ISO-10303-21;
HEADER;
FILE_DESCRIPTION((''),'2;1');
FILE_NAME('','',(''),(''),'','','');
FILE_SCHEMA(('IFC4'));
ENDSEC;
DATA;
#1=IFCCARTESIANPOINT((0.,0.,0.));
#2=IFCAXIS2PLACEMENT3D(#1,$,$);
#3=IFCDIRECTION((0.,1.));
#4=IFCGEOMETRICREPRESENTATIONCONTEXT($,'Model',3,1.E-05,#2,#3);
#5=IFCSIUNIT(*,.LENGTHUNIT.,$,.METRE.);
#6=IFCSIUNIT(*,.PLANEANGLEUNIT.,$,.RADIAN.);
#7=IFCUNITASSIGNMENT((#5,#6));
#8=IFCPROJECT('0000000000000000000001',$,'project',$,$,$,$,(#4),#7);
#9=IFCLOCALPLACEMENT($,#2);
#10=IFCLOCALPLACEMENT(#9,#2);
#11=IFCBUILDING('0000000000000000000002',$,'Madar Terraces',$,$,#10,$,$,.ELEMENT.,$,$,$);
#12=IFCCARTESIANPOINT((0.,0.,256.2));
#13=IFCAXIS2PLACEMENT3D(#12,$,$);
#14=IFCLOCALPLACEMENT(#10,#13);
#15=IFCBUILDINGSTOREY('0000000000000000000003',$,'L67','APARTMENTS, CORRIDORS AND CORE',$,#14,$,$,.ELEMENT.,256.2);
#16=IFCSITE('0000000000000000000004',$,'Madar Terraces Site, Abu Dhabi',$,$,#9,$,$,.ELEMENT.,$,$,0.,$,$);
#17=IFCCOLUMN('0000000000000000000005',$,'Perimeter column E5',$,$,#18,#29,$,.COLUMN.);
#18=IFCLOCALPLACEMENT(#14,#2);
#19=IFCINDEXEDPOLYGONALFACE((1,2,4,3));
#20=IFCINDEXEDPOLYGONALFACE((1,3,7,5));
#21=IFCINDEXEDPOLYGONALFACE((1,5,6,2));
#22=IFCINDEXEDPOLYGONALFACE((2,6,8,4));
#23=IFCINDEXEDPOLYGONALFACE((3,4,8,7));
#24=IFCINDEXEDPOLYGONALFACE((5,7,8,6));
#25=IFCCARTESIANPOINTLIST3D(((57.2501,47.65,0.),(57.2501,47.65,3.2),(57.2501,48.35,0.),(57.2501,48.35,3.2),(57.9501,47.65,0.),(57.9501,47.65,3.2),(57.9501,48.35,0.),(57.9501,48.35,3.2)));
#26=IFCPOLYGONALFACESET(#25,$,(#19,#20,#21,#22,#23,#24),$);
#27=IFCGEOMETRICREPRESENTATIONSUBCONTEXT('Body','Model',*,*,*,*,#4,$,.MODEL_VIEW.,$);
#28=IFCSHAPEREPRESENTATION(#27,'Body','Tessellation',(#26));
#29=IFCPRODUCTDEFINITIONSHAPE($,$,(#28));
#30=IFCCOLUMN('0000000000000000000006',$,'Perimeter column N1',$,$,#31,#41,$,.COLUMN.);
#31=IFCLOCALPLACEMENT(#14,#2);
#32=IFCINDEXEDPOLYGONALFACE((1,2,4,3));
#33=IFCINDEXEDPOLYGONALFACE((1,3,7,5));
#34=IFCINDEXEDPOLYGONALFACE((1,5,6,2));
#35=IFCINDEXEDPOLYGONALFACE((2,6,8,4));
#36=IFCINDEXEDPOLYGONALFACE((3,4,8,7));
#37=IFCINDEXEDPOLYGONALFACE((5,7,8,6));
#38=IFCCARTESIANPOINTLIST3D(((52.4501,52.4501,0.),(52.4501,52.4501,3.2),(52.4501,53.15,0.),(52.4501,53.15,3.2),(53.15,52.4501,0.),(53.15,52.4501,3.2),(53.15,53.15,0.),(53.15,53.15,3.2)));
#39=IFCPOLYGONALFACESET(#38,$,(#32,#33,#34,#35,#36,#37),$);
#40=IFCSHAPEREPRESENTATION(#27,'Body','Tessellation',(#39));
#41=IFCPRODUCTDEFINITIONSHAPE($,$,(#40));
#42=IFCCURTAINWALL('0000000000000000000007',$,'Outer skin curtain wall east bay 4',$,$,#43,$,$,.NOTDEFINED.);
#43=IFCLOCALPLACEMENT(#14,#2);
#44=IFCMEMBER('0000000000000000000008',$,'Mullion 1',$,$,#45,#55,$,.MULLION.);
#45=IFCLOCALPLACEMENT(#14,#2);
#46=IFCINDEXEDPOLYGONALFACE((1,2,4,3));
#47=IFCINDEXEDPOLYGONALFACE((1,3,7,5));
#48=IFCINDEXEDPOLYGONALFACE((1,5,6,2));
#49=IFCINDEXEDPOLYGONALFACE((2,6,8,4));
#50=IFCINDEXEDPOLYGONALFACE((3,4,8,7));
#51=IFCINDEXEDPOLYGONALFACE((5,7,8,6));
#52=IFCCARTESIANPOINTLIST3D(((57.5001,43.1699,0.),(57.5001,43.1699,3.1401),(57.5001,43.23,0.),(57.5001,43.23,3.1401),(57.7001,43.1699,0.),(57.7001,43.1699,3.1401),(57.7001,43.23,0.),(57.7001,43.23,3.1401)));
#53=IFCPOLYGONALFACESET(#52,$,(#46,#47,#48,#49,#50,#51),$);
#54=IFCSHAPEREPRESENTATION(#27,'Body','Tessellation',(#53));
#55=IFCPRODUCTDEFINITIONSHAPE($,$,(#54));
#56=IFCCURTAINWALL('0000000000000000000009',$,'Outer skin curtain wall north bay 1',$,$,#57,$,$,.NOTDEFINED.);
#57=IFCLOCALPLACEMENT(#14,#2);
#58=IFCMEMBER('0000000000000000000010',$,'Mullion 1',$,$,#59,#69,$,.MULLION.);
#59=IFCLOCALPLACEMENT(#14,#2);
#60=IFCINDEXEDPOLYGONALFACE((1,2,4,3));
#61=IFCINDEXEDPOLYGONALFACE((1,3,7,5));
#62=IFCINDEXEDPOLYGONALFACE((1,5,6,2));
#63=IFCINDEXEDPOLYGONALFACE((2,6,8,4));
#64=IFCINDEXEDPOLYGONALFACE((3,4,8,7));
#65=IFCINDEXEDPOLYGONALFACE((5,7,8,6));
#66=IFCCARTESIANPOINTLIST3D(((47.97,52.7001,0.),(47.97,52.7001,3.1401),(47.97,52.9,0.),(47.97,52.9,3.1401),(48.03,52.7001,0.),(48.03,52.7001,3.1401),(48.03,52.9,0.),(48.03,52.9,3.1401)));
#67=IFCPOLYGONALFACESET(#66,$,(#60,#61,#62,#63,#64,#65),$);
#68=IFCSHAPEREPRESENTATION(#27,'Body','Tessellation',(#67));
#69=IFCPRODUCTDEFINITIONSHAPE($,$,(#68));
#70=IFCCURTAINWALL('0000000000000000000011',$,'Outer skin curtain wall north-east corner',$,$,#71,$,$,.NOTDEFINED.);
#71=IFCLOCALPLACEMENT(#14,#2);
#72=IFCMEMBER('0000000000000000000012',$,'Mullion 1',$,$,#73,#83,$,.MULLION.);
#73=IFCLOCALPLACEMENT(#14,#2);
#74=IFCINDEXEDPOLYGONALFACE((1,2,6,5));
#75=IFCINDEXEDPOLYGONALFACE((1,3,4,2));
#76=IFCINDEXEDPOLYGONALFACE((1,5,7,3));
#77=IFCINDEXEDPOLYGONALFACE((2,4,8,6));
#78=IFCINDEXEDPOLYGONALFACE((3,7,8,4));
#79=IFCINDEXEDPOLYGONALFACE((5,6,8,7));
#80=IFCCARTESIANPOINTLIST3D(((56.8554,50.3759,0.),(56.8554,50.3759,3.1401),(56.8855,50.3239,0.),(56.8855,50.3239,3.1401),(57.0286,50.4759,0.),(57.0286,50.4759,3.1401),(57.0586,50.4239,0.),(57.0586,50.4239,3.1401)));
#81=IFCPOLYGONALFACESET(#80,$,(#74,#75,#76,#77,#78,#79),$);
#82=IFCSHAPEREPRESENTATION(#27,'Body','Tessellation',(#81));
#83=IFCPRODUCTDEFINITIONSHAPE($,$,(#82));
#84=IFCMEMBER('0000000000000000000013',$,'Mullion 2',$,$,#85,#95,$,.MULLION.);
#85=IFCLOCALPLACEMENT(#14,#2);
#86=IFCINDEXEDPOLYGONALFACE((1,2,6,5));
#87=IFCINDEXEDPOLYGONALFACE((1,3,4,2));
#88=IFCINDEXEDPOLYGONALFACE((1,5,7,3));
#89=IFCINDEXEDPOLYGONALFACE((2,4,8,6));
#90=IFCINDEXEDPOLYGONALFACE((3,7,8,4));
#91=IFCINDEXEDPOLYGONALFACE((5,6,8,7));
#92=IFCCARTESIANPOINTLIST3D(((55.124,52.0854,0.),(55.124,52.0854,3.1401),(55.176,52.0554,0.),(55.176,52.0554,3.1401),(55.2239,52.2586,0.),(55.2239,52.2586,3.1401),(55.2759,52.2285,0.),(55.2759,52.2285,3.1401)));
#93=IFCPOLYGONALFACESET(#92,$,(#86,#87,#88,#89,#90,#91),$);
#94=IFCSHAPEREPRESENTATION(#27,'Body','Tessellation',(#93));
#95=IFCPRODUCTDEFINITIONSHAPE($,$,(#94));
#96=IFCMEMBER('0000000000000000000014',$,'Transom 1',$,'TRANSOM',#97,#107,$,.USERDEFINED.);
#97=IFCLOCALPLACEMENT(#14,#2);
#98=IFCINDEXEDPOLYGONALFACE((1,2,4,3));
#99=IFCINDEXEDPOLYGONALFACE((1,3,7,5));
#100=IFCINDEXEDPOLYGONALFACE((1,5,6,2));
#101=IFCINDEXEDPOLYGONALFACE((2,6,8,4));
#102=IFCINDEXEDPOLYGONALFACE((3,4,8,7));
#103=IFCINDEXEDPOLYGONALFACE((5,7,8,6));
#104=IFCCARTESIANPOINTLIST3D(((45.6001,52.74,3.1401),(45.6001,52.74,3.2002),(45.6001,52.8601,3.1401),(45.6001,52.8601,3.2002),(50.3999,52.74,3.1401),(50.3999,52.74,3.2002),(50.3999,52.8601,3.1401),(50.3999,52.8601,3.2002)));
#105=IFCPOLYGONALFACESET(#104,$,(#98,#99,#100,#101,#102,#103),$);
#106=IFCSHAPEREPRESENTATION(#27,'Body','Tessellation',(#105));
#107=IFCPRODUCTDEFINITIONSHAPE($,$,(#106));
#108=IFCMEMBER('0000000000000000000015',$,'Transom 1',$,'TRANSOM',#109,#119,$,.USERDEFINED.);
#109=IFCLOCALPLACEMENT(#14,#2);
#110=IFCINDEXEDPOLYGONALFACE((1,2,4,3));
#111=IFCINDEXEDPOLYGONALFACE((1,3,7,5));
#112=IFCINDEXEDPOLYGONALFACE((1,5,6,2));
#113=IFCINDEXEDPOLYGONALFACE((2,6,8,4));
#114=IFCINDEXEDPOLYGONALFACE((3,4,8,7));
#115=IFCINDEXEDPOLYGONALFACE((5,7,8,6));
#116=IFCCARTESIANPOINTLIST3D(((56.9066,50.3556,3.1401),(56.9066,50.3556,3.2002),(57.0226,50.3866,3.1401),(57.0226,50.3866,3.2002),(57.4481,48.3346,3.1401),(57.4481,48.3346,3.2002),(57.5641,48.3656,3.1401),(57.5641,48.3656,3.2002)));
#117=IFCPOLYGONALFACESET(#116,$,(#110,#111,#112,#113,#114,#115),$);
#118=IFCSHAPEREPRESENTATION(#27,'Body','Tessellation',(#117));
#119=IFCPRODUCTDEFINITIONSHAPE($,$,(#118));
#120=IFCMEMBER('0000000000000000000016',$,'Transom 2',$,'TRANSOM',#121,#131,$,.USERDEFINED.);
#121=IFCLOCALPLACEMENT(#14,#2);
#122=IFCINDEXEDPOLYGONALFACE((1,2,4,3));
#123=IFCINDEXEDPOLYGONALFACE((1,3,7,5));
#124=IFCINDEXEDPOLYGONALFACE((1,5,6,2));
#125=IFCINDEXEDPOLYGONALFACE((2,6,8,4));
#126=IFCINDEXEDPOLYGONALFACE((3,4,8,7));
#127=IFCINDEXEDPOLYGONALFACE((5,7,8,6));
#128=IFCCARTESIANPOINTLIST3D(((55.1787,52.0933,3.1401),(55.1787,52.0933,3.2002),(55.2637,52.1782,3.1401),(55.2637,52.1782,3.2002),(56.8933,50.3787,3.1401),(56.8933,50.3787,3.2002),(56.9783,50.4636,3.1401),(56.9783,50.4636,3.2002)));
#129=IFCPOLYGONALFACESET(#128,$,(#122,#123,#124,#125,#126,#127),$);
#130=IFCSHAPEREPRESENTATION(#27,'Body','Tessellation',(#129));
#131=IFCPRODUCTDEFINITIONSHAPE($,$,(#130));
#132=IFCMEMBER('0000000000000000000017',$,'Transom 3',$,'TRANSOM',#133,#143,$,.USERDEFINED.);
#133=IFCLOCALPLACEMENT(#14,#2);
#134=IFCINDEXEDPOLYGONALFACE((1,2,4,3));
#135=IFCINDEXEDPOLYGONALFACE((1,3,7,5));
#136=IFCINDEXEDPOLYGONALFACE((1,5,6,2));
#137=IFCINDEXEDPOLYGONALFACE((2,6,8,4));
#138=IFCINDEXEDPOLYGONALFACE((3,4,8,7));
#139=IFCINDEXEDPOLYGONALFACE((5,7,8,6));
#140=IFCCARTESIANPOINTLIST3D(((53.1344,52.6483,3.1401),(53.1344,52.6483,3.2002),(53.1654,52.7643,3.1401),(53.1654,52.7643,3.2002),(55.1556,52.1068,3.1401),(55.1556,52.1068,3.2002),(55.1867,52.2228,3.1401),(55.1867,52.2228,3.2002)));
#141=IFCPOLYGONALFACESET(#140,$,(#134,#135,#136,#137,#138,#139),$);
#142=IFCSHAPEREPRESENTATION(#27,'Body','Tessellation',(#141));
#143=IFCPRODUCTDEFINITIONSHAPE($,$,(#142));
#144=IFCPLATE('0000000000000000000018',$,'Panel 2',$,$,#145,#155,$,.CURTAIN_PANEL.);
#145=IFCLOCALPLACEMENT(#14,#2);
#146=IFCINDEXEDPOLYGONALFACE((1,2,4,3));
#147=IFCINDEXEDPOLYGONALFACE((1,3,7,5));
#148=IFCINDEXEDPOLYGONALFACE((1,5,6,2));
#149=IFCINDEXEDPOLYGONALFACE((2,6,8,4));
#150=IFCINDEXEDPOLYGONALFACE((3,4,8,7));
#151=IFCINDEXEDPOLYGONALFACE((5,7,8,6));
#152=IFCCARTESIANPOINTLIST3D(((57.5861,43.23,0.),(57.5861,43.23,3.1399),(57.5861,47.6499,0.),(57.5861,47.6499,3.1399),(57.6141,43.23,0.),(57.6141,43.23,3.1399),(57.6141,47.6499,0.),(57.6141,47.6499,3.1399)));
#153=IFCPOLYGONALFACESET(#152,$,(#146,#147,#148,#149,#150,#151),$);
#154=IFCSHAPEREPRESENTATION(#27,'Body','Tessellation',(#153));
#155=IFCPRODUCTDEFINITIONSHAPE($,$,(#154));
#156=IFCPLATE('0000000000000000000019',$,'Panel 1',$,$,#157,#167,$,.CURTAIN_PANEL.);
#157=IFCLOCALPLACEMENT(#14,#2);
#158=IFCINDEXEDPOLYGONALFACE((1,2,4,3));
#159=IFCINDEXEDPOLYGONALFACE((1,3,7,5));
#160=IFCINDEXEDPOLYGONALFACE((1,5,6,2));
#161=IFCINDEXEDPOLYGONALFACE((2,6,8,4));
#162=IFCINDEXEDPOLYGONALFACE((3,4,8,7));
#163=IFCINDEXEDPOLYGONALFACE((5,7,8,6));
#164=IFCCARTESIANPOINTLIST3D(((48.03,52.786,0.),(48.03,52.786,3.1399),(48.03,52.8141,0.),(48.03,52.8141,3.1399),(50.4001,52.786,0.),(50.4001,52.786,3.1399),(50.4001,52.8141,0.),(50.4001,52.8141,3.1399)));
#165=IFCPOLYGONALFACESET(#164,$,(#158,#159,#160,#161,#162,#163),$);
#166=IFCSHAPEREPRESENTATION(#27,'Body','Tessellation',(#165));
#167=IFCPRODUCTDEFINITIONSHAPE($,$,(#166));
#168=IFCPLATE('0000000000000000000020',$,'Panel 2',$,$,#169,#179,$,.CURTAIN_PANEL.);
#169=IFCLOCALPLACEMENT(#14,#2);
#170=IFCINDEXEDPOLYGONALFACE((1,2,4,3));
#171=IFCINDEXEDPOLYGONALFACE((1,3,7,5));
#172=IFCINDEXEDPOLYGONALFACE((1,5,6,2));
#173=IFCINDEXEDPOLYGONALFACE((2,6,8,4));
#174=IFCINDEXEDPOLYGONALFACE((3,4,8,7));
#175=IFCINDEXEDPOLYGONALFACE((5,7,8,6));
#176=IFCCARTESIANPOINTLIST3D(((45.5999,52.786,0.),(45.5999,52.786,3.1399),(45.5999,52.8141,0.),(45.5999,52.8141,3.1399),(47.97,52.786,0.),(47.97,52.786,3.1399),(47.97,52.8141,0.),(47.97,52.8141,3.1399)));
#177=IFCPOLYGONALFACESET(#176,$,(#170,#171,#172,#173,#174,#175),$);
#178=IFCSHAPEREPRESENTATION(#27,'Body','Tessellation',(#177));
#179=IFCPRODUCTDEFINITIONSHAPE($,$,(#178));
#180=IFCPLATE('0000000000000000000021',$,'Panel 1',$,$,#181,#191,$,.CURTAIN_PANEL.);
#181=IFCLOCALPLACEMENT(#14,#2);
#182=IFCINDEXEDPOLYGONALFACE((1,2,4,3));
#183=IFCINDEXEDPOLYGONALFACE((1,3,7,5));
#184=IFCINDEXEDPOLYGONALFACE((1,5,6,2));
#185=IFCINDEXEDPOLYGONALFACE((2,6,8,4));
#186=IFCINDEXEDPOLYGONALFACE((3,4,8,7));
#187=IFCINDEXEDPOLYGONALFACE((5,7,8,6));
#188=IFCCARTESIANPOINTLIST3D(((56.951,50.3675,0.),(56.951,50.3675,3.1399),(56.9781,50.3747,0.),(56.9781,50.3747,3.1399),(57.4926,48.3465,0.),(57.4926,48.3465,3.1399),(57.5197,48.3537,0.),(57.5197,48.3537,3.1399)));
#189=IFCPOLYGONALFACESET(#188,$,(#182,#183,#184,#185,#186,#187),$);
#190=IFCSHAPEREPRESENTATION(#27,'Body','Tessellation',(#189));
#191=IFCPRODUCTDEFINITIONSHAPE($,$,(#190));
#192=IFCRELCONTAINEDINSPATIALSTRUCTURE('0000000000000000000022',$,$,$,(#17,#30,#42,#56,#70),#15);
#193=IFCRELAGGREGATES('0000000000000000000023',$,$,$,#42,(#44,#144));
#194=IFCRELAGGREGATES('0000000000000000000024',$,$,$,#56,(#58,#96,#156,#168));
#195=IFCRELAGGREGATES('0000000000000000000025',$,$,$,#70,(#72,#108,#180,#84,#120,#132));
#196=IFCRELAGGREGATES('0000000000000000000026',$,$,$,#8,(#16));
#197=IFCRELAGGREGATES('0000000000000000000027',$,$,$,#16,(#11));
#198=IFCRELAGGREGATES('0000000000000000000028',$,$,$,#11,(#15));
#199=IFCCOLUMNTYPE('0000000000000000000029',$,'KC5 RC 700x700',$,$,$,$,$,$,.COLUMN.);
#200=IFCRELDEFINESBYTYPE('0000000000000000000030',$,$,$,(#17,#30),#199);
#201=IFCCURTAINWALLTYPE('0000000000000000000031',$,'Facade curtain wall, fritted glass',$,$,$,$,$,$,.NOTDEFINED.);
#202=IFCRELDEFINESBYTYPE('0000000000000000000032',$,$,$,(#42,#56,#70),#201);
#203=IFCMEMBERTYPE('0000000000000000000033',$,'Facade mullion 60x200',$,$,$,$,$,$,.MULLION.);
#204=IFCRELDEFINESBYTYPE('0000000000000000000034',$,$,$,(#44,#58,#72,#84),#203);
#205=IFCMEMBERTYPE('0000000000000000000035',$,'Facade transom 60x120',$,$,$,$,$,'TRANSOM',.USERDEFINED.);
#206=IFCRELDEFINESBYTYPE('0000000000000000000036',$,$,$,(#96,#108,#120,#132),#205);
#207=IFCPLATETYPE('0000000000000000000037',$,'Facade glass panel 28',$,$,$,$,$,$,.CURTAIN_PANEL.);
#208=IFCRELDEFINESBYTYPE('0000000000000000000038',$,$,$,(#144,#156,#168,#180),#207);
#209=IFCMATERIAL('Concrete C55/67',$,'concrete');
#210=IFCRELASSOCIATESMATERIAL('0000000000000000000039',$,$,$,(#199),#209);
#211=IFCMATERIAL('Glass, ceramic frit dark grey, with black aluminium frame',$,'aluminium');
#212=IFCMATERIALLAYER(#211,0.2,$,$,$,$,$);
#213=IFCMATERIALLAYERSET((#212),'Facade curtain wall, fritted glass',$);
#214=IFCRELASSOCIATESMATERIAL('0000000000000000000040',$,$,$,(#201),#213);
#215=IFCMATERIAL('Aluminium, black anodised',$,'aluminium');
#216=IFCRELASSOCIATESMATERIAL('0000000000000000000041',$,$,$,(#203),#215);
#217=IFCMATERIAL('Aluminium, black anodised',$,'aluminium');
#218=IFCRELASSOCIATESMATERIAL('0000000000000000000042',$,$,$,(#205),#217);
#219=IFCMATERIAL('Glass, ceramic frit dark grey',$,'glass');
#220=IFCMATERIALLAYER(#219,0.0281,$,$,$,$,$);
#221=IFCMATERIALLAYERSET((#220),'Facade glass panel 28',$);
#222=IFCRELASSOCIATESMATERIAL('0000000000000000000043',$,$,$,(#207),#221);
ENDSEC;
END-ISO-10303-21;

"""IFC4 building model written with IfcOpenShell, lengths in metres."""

from ifc_helpers import new_model, si_unit, direction, frame, origin, origin_2d, place, context, subcontext, project, spatial, rectangle, extrude, material, layer, layer_set, material_profile, profile_set, type_object, element, aggregate, save


model = new_model("IFC4")

# Units and contexts
model_context = context("Model", 3, precision=1e-05, world=origin(), true_north=direction((0.0, 1.0)))
body_context = subcontext(model_context, "Body", "Model", "MODEL_VIEW")
ifc_project = project(units=[si_unit("LENGTHUNIT", "METRE"), si_unit("PLANEANGLEUNIT", "RADIAN")], contexts=[model_context])

# Site, building, storey
site_placement = place(None, origin())
site = spatial("IfcSite", under=ifc_project, at=site_placement, Name="Madar Terraces Site, Abu Dhabi", CompositionType="ELEMENT", RefElevation=0.0)
building_placement = place(site_placement, origin())
building = spatial("IfcBuilding", under=site, at=building_placement, Name="Madar Terraces", CompositionType="ELEMENT")
storey_placement = place(building_placement, frame((0.0, 0.0, 256.2)))
storey = spatial("IfcBuildingStorey", under=building, at=storey_placement, Name="L67", Description="APARTMENTS, CORRIDORS AND CORE", CompositionType="ELEMENT", Elevation=256.2)

# Columns
ifc_material_1 = material(Name="Concrete C55/67", Category="concrete")
ifc_material_profile_1 = material_profile(ifc_material_1, rectangle(XDim=0.7, YDim=0.7, at=origin_2d()), Name="KC5 RC 700x700")
ifc_profile_set_1 = profile_set([ifc_material_profile_1], Name="Concrete C55/67")
column_type = type_object("IfcColumnType", Name="KC5 RC 700x700", PredefinedType="COLUMN", material=ifc_profile_set_1)
for number, where, z_axis, x_axis, name in (
    (1, (57.6001, 48.0, 0.0), (0.0, 0.0, 1.0), (1.0, 0.0, 0.0), "Perimeter column E5"),
    (2, (52.8, 52.8, 0.0), (0.0, 0.0, 1.0), (1.0, 0.0, 0.0), "Perimeter column N1"),
):
    element("IfcColumn", number, at=place(storey_placement, frame(where, z_axis=z_axis, x_axis=x_axis)), inside=storey, type_object=column_type, Name=name, PredefinedType="COLUMN", context=body_context, shape_type="SweptSolid", body=[
        extrude(rectangle(XDim=0.7, YDim=0.7, at=origin_2d()), origin(), (0.0, 0.0, 1.0), 3.2),
    ])

# Curtain walls, members
ifc_material_2 = material(Name="Glass, ceramic frit dark grey, with black aluminium frame", Category="aluminium")
ifc_layer_1 = layer(ifc_material_2, 0.2)
ifc_layer_set_1 = layer_set([ifc_layer_1], Name="Facade curtain wall, fritted glass")
curtain_wall_type = type_object("IfcCurtainWallType", Name="Facade curtain wall, fritted glass", PredefinedType="NOTDEFINED", material=ifc_layer_set_1)
curtain_wall_1_placement = place(storey_placement, origin())
curtain_wall_1 = element("IfcCurtainWall", 3, at=curtain_wall_1_placement, inside=storey, type_object=curtain_wall_type, Name="Outer skin curtain wall east bay 4", PredefinedType="NOTDEFINED")
ifc_material_3 = material(Name="Aluminium, black anodised", Category="aluminium")
ifc_material_profile_2 = material_profile(ifc_material_3, rectangle(XDim=0.2, YDim=0.0601, at=origin_2d()), Name="Facade mullion 60x200")
ifc_profile_set_2 = profile_set([ifc_material_profile_2], Name="Aluminium, black anodised")
member_type_1 = type_object("IfcMemberType", Name="Facade mullion 60x200", PredefinedType="MULLION", material=ifc_profile_set_2)
member_1_placement = place(storey_placement, frame((57.6001, 43.2, 0.0), z_axis=(0.0, 0.0, 1.0), x_axis=(-1.0, 0.0, 0.0)))
member_1 = element("IfcMember", 4, at=member_1_placement, type_object=member_type_1, Name="Mullion 1", PredefinedType="MULLION", context=body_context, shape_type="SweptSolid", body=[
    extrude(rectangle(XDim=0.2, YDim=0.0601, at=origin_2d()), origin(), (0.0, 0.0, 1.0), 3.1401),
])
curtain_wall_2_placement = place(storey_placement, origin())
curtain_wall_2 = element("IfcCurtainWall", 5, at=curtain_wall_2_placement, inside=storey, type_object=curtain_wall_type, Name="Outer skin curtain wall north bay 1", PredefinedType="NOTDEFINED")
member_2_placement = place(storey_placement, frame((48.0, 52.8, 0.0), z_axis=(0.0, 0.0, 1.0), x_axis=(0.0, -1.0, 0.0)))
member_2 = element("IfcMember", 6, at=member_2_placement, type_object=member_type_1, Name="Mullion 1", PredefinedType="MULLION", context=body_context, shape_type="SweptSolid", body=[
    extrude(rectangle(XDim=0.2, YDim=0.0601, at=origin_2d()), origin(), (0.0, 0.0, 1.0), 3.1401),
])

# Curtain wall, members
curtain_wall_3_placement = place(storey_placement, origin())
curtain_wall_3 = element("IfcCurtainWall", 7, at=curtain_wall_3_placement, inside=storey, type_object=curtain_wall_type, Name="Outer skin curtain wall north-east corner", PredefinedType="NOTDEFINED")
member_3_placement = place(storey_placement, frame((56.957, 50.3999, 0.0), z_axis=(0.0, 0.0, 1.0), x_axis=(-0.866025, -0.5, 0.0)))
member_3 = element("IfcMember", 8, at=member_3_placement, type_object=member_type_1, Name="Mullion 1", PredefinedType="MULLION", context=body_context, shape_type="SweptSolid", body=[
    extrude(rectangle(XDim=0.2, YDim=0.0601, at=origin_2d()), origin(), (0.0, 0.0, 1.0), 3.1401),
])
member_4_placement = place(storey_placement, frame((55.2, 52.157, 0.0), z_axis=(0.0, 0.0, 1.0), x_axis=(-0.5, -0.866025, 0.0)))
member_4 = element("IfcMember", 9, at=member_4_placement, type_object=member_type_1, Name="Mullion 2", PredefinedType="MULLION", context=body_context, shape_type="SweptSolid", body=[
    extrude(rectangle(XDim=0.2, YDim=0.0601, at=origin_2d()), origin(), (0.0, 0.0, 1.0), 3.1401),
])

# Members
ifc_material_4 = material(Name="Aluminium, black anodised", Category="aluminium")
ifc_material_profile_3 = material_profile(ifc_material_4, rectangle(XDim=0.1201, YDim=0.0601, at=origin_2d()), Name="Facade transom 60x120")
ifc_profile_set_3 = profile_set([ifc_material_profile_3], Name="Aluminium, black anodised")
member_type_2 = type_object("IfcMemberType", Name="Facade transom 60x120", ElementType="TRANSOM", PredefinedType="USERDEFINED", material=ifc_profile_set_3)
member_5_placement = place(storey_placement, frame((50.3999, 52.8, 3.1702), z_axis=(-1.0, 0.0, 0.0), x_axis=(0.0, -1.0, 0.0)))
member_5 = element("IfcMember", 10, at=member_5_placement, type_object=member_type_2, Name="Transom 1", ObjectType="TRANSOM", PredefinedType="USERDEFINED", context=body_context, shape_type="SweptSolid", body=[
    extrude(rectangle(XDim=0.1201, YDim=0.0601, at=origin_2d()), origin(), (0.0, 0.0, 1.0), 4.7998),
])
member_6_placement = place(storey_placement, frame((57.5061, 48.3501, 3.1702), z_axis=(-0.25881, 0.965928, 0.0), x_axis=(-0.965928, -0.25881, 0.0)))
member_6 = element("IfcMember", 11, at=member_6_placement, type_object=member_type_2, Name="Transom 1", ObjectType="TRANSOM", PredefinedType="USERDEFINED", context=body_context, shape_type="SweptSolid", body=[
    extrude(rectangle(XDim=0.1201, YDim=0.0601, at=origin_2d()), origin(), (0.0, 0.0, 1.0), 2.0923),
])
member_7_placement = place(storey_placement, frame((56.9358, 50.4211, 3.1702), z_axis=(-0.707107, 0.707107, 0.0), x_axis=(-0.707107, -0.707107, 0.0)))
member_7 = element("IfcMember", 12, at=member_7_placement, type_object=member_type_2, Name="Transom 2", ObjectType="TRANSOM", PredefinedType="USERDEFINED", context=body_context, shape_type="SweptSolid", body=[
    extrude(rectangle(XDim=0.1201, YDim=0.0601, at=origin_2d()), origin(), (0.0, 0.0, 1.0), 2.4248),
])
member_8_placement = place(storey_placement, frame((55.1711, 52.1648, 3.1702), z_axis=(-0.965936, 0.258781, 0.0), x_axis=(-0.258781, -0.965936, 0.0)))
member_8 = element("IfcMember", 13, at=member_8_placement, type_object=member_type_2, Name="Transom 3", ObjectType="TRANSOM", PredefinedType="USERDEFINED", context=body_context, shape_type="SweptSolid", body=[
    extrude(rectangle(XDim=0.1201, YDim=0.0601, at=origin_2d()), origin(), (0.0, 0.0, 1.0), 2.0925),
])

# Plates
ifc_material_5 = material(Name="Glass, ceramic frit dark grey", Category="glass")
ifc_layer_2 = layer(ifc_material_5, 0.0281)
ifc_layer_set_2 = layer_set([ifc_layer_2], Name="Facade glass panel 28")
plate_type = type_object("IfcPlateType", Name="Facade glass panel 28", PredefinedType="CURTAIN_PANEL", material=ifc_layer_set_2)
plate_1_placement = place(storey_placement, frame((57.6001, 45.4399, 0.0), z_axis=(0.0, 0.0, 1.0), x_axis=(0.0, 1.0, 0.0)))
plate_1 = element("IfcPlate", 14, at=plate_1_placement, type_object=plate_type, Name="Panel 2", PredefinedType="CURTAIN_PANEL", context=body_context, shape_type="SweptSolid", body=[
    extrude(rectangle(XDim=4.4199, YDim=0.0281, at=origin_2d()), origin(), (0.0, 0.0, 1.0), 3.1399),
])
aggregate(curtain_wall_1, [member_1, plate_1])
plate_2_placement = place(storey_placement, frame((49.2151, 52.8, 0.0), z_axis=(0.0, 0.0, 1.0), x_axis=(-1.0, 0.0, 0.0)))
plate_2 = element("IfcPlate", 15, at=plate_2_placement, type_object=plate_type, Name="Panel 1", PredefinedType="CURTAIN_PANEL", context=body_context, shape_type="SweptSolid", body=[
    extrude(rectangle(XDim=2.3701, YDim=0.0281, at=origin_2d()), origin(), (0.0, 0.0, 1.0), 3.1399),
])
plate_3_placement = place(storey_placement, frame((46.7849, 52.8, 0.0), z_axis=(0.0, 0.0, 1.0), x_axis=(-1.0, 0.0, 0.0)))
plate_3 = element("IfcPlate", 16, at=plate_3_placement, type_object=plate_type, Name="Panel 2", PredefinedType="CURTAIN_PANEL", context=body_context, shape_type="SweptSolid", body=[
    extrude(rectangle(XDim=2.3701, YDim=0.0281, at=origin_2d()), origin(), (0.0, 0.0, 1.0), 3.1399),
])
aggregate(curtain_wall_2, [member_2, member_5, plate_2, plate_3])
plate_4_placement = place(storey_placement, frame((57.2354, 49.3606, 0.0), z_axis=(0.0, 0.0, 1.0), x_axis=(-0.258819, 0.965926, 0.0)))
plate_4 = element("IfcPlate", 17, at=plate_4_placement, type_object=plate_type, Name="Panel 1", PredefinedType="CURTAIN_PANEL", context=body_context, shape_type="SweptSolid", body=[
    extrude(rectangle(XDim=2.0923, YDim=0.0281, at=origin_2d()), origin(), (0.0, 0.0, 1.0), 3.1399),
])
aggregate(curtain_wall_3, [member_3, member_6, plate_4, member_4, member_7, member_8])

save(model, "model.ifc")
